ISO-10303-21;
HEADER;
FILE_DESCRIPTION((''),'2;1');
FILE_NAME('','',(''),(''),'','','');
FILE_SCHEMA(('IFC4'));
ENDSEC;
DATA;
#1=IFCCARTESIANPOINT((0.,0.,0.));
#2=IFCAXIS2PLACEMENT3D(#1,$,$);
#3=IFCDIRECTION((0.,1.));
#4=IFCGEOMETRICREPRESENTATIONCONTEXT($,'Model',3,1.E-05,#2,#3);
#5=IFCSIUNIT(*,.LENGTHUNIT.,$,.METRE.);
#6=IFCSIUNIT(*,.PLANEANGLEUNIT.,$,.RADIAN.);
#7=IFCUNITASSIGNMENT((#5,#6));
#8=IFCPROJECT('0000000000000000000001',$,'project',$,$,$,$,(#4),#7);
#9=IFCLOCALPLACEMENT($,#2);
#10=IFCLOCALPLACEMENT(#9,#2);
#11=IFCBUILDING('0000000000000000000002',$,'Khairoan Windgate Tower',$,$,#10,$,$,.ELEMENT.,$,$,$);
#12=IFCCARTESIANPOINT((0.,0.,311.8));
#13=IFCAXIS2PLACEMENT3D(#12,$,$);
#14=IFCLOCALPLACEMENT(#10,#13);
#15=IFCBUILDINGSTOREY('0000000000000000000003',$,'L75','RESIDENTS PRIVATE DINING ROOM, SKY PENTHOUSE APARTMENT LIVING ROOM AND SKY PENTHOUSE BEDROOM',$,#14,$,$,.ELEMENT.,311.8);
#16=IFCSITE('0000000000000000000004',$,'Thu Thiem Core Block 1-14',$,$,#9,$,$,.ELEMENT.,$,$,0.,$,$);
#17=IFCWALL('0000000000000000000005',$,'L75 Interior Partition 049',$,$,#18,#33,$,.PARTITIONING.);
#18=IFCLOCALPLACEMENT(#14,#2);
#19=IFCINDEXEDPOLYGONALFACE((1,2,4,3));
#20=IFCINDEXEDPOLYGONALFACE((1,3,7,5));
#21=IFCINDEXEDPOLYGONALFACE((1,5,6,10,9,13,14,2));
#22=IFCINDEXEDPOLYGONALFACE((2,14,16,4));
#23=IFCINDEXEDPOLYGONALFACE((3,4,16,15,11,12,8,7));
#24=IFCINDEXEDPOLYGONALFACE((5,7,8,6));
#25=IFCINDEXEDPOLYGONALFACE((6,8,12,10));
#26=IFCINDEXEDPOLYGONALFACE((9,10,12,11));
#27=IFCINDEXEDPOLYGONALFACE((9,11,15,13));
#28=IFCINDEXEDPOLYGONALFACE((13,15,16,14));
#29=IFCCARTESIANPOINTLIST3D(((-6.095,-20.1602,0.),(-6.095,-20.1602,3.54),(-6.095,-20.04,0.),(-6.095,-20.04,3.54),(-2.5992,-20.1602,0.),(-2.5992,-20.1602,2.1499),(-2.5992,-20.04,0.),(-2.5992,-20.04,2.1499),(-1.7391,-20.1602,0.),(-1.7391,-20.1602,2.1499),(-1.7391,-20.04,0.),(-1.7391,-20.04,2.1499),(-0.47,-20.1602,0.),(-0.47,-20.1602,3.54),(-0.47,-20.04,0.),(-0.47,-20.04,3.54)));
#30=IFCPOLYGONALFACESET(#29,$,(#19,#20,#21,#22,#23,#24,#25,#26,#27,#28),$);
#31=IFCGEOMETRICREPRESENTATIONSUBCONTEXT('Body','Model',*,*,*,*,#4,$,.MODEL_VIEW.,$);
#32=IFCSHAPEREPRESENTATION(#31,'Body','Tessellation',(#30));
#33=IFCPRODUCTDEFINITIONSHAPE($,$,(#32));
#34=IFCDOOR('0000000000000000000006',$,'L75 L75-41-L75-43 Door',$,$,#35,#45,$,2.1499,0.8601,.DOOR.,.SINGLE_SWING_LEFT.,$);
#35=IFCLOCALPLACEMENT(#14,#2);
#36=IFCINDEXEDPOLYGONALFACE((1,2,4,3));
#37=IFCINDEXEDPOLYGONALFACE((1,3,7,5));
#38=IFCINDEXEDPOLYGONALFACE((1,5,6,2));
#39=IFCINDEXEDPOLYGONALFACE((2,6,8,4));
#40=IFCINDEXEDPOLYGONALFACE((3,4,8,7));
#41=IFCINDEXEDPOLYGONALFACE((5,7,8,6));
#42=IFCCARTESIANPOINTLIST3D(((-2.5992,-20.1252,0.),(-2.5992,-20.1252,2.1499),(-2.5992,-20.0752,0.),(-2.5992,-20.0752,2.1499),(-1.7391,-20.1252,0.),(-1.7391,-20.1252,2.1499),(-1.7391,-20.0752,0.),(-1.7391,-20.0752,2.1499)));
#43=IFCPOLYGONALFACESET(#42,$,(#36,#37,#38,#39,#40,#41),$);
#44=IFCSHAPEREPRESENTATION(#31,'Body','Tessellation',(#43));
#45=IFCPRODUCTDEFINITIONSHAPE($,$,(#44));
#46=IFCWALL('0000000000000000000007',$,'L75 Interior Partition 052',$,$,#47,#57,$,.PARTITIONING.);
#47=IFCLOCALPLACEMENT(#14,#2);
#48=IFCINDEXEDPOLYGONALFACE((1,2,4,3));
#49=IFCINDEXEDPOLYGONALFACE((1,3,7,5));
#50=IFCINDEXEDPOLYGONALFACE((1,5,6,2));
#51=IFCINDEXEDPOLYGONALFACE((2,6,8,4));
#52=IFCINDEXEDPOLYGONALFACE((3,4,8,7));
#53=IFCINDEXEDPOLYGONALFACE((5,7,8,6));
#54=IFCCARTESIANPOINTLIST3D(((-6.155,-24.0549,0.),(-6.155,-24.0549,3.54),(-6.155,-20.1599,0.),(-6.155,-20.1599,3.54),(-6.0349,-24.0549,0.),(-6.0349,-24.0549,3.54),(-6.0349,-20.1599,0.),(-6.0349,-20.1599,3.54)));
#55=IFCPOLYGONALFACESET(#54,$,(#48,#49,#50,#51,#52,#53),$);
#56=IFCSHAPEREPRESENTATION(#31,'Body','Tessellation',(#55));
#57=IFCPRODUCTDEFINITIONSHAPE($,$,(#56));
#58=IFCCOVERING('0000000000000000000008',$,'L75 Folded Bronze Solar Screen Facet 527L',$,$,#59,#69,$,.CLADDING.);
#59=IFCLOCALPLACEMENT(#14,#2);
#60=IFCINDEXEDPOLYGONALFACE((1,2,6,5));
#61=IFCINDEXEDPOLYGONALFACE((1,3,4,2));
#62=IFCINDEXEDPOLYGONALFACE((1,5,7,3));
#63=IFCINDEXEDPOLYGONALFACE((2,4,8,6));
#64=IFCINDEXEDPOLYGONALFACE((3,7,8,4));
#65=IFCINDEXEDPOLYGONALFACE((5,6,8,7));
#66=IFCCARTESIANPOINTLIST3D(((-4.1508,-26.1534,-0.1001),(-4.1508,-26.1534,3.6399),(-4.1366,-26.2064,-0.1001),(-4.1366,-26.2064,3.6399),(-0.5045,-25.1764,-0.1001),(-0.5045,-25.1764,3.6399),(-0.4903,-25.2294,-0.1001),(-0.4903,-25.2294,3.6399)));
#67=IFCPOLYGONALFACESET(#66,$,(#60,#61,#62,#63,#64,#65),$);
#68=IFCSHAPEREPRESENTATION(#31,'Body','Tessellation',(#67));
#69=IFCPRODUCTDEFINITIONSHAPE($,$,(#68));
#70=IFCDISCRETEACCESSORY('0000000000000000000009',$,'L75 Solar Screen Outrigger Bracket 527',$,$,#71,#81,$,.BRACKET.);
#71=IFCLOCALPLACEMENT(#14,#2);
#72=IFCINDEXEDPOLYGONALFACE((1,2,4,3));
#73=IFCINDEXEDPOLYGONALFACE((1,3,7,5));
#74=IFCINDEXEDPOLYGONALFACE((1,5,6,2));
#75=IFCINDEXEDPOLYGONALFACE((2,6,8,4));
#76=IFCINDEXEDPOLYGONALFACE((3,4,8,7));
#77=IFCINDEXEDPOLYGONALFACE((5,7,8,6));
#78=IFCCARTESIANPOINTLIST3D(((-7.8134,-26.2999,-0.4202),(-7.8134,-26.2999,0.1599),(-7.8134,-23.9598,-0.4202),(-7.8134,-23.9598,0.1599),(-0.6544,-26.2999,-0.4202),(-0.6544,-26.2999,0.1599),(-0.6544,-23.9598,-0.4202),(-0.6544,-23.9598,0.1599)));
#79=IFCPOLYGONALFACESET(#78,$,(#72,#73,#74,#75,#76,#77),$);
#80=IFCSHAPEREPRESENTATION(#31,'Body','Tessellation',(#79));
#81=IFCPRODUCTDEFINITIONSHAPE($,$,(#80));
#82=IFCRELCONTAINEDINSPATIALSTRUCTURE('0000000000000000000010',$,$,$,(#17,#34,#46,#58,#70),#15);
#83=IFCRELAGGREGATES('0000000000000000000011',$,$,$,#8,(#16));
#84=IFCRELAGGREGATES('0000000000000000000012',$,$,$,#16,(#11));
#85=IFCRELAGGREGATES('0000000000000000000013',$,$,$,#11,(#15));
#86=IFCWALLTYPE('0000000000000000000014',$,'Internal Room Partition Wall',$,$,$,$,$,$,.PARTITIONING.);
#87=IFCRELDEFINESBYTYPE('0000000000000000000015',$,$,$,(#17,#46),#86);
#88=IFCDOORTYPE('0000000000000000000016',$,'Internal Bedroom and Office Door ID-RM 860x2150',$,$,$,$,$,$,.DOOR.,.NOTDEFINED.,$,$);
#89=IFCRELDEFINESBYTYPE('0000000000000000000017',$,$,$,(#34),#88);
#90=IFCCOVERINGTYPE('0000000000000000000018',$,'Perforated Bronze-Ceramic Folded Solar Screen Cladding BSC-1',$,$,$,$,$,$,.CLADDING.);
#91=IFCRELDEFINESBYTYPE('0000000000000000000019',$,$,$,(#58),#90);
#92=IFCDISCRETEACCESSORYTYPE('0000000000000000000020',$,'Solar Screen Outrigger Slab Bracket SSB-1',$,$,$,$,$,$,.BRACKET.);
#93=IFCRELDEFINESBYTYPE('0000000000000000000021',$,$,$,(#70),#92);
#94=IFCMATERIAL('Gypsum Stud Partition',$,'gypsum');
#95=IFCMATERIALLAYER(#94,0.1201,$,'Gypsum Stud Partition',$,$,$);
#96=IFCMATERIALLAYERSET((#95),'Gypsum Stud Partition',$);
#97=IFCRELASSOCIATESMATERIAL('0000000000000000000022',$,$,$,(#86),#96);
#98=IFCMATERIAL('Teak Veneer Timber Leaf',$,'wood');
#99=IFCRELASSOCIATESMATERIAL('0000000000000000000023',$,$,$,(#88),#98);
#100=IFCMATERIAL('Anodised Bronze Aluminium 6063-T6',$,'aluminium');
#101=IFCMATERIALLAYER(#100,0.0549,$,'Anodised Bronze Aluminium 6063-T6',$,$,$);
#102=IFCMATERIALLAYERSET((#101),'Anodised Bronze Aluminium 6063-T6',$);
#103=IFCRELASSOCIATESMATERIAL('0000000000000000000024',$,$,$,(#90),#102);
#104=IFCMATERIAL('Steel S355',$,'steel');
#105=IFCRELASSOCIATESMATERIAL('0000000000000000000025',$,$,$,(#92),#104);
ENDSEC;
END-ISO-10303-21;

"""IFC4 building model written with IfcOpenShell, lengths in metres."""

from ifc_helpers import new_model, si_unit, direction, frame, frame_2d, origin, origin_2d, place, context, subcontext, project, spatial, rectangle, extrude, material, layer, layer_set, type_object, element, fill, save


model = new_model("IFC4")

# Units and contexts
model_context = context("Model", 3, precision=1e-05, world=origin(), true_north=direction((0.0, 1.0)))
body_context = subcontext(model_context, "Body", "Model", "MODEL_VIEW")
ifc_project = project(units=[si_unit("LENGTHUNIT", "METRE"), si_unit("PLANEANGLEUNIT", "RADIAN")], contexts=[model_context])

# Site, building, storey
site_placement = place(None, origin())
site = spatial("IfcSite", under=ifc_project, at=site_placement, Name="Thu Thiem Core Block 1-14", CompositionType="ELEMENT", RefElevation=0.0)
building_placement = place(site_placement, origin())
building = spatial("IfcBuilding", under=site, at=building_placement, Name="Khairoan Windgate Tower", CompositionType="ELEMENT")
storey_placement = place(building_placement, frame((0.0, 0.0, 311.8)))
storey = spatial("IfcBuildingStorey", under=building, at=storey_placement, Name="L75", Description="RESIDENTS PRIVATE DINING ROOM, SKY PENTHOUSE APARTMENT LIVING ROOM AND SKY PENTHOUSE BEDROOM", CompositionType="ELEMENT", Elevation=311.8)

# Shared definitions
ifc_material_1 = material(Name="Gypsum Stud Partition", Category="gypsum")
ifc_layer_1 = layer(ifc_material_1, 0.1201, Name="Gypsum Stud Partition")
ifc_layer_set_1 = layer_set([ifc_layer_1], Name="Gypsum Stud Partition")
wall_type_1 = type_object("IfcWallType", Name="Internal Room Partition Wall", PredefinedType="PARTITIONING", material=ifc_layer_set_1)
ifc_material_2 = material(Name="Teak Veneer Timber Leaf", Category="wood")
door_type = type_object("IfcDoorType", Name="Internal Bedroom and Office Door ID-RM 860x2150", OperationType="NOTDEFINED", PredefinedType="DOOR", material=ifc_material_2)

# Wall, opening, door
wall_1_placement = place(storey_placement, frame((-6.095, -20.1001, 0.0), z_axis=(0.0, 0.0, 1.0), x_axis=(1.0, 0.0, 0.0)))
wall_1 = element("IfcWall", 1, at=wall_1_placement, inside=storey, type_object=wall_type_1, Name="L75 Interior Partition 049", PredefinedType="PARTITIONING", context=body_context, shape_type="SweptSolid", body=[
    extrude(rectangle(XDim=5.625, YDim=0.1201, at=frame_2d((2.8125, 0.0))), origin(), (0.0, 0.0, 1.0), 3.54),
])
opening_1_placement = place(wall_1_placement, frame((3.4956, 0.0, 0.0)))
opening_1 = element("IfcOpeningElement", 2, at=opening_1_placement, cuts=wall_1, PredefinedType="OPENING", context=body_context, shape_type="SweptSolid", body=[
    extrude(rectangle(XDim=0.8601, YDim=2.1499, at=frame_2d((0.4302, 1.075))), frame((0.0, 0.0701, 0.0), z_axis=(0.0, -1.0, 0.0), x_axis=(1.0, 0.0, 0.0)), (0.0, 0.0, 1.0), 0.1401),
])
door_1_placement = place(opening_1_placement, origin())
door_1 = element("IfcDoor", 3, at=door_1_placement, inside=storey, type_object=door_type, Name="L75 L75-41-L75-43 Door", OperationType="SINGLE_SWING_LEFT", OverallHeight=2.1499, OverallWidth=0.8601, PredefinedType="DOOR", context=body_context, shape_type="SweptSolid", body=[
    extrude(rectangle(XDim=0.8601, YDim=2.1499, at=frame_2d((0.4302, 1.075))), frame((0.0, 0.0249, 0.0), z_axis=(0.0, -1.0, 0.0), x_axis=(1.0, 0.0, 0.0)), (0.0, 0.0, 1.0), 0.05),
])
fill(opening_1, door_1)

# Wall
wall_2_placement = place(storey_placement, frame((-6.095, -24.0549, 0.0), z_axis=(0.0, 0.0, 1.0), x_axis=(0.0, 1.0, 0.0)))
element("IfcWall", 4, at=wall_2_placement, inside=storey, type_object=wall_type_1, Name="L75 Interior Partition 052", PredefinedType="PARTITIONING", context=body_context, shape_type="SweptSolid", body=[
    extrude(rectangle(XDim=3.895, YDim=0.1201, at=frame_2d((1.9475, 0.0))), origin(), (0.0, 0.0, 1.0), 3.54),
])

# Covering
ifc_material_3 = material(Name="Anodised Bronze Aluminium 6063-T6", Category="aluminium")
ifc_layer_2 = layer(ifc_material_3, 0.0549, Name="Anodised Bronze Aluminium 6063-T6")
ifc_layer_set_2 = layer_set([ifc_layer_2], Name="Anodised Bronze Aluminium 6063-T6")
covering_type = type_object("IfcCoveringType", Name="Perforated Bronze-Ceramic Folded Solar Screen Cladding BSC-1", PredefinedType="CLADDING", material=ifc_layer_set_2)
covering_placement = place(storey_placement, frame((-2.3206, -25.6914, -0.1001), z_axis=(0.0, 0.0, 1.0), x_axis=(-0.965926, -0.258819, 0.0)))
element("IfcCovering", 5, at=covering_placement, inside=storey, type_object=covering_type, Name="L75 Folded Bronze Solar Screen Facet 527L", PredefinedType="CLADDING", context=body_context, shape_type="SweptSolid", body=[
    extrude(rectangle(XDim=3.7749, YDim=0.0549, at=origin_2d()), origin(), (0.0, 0.0, 1.0), 3.74),
])

# Discrete accessory
ifc_material_4 = material(Name="Steel S355", Category="steel")
discrete_accessory_type = type_object("IfcDiscreteAccessoryType", Name="Solar Screen Outrigger Slab Bracket SSB-1", PredefinedType="BRACKET", material=ifc_material_4)
discrete_accessory_placement = place(storey_placement, frame((-4.2339, -25.1299, -0.4202), z_axis=(0.0, 0.0, 1.0), x_axis=(-1.0, 0.0, 0.0)))
element("IfcDiscreteAccessory", 6, at=discrete_accessory_placement, inside=storey, type_object=discrete_accessory_type, Name="L75 Solar Screen Outrigger Bracket 527", PredefinedType="BRACKET", context=body_context, shape_type="SweptSolid", body=[
    extrude(rectangle(XDim=7.1589, YDim=2.3401, at=origin_2d()), origin(), (0.0, 0.0, 1.0), 0.5801),
])

save(model, "model.ifc")
